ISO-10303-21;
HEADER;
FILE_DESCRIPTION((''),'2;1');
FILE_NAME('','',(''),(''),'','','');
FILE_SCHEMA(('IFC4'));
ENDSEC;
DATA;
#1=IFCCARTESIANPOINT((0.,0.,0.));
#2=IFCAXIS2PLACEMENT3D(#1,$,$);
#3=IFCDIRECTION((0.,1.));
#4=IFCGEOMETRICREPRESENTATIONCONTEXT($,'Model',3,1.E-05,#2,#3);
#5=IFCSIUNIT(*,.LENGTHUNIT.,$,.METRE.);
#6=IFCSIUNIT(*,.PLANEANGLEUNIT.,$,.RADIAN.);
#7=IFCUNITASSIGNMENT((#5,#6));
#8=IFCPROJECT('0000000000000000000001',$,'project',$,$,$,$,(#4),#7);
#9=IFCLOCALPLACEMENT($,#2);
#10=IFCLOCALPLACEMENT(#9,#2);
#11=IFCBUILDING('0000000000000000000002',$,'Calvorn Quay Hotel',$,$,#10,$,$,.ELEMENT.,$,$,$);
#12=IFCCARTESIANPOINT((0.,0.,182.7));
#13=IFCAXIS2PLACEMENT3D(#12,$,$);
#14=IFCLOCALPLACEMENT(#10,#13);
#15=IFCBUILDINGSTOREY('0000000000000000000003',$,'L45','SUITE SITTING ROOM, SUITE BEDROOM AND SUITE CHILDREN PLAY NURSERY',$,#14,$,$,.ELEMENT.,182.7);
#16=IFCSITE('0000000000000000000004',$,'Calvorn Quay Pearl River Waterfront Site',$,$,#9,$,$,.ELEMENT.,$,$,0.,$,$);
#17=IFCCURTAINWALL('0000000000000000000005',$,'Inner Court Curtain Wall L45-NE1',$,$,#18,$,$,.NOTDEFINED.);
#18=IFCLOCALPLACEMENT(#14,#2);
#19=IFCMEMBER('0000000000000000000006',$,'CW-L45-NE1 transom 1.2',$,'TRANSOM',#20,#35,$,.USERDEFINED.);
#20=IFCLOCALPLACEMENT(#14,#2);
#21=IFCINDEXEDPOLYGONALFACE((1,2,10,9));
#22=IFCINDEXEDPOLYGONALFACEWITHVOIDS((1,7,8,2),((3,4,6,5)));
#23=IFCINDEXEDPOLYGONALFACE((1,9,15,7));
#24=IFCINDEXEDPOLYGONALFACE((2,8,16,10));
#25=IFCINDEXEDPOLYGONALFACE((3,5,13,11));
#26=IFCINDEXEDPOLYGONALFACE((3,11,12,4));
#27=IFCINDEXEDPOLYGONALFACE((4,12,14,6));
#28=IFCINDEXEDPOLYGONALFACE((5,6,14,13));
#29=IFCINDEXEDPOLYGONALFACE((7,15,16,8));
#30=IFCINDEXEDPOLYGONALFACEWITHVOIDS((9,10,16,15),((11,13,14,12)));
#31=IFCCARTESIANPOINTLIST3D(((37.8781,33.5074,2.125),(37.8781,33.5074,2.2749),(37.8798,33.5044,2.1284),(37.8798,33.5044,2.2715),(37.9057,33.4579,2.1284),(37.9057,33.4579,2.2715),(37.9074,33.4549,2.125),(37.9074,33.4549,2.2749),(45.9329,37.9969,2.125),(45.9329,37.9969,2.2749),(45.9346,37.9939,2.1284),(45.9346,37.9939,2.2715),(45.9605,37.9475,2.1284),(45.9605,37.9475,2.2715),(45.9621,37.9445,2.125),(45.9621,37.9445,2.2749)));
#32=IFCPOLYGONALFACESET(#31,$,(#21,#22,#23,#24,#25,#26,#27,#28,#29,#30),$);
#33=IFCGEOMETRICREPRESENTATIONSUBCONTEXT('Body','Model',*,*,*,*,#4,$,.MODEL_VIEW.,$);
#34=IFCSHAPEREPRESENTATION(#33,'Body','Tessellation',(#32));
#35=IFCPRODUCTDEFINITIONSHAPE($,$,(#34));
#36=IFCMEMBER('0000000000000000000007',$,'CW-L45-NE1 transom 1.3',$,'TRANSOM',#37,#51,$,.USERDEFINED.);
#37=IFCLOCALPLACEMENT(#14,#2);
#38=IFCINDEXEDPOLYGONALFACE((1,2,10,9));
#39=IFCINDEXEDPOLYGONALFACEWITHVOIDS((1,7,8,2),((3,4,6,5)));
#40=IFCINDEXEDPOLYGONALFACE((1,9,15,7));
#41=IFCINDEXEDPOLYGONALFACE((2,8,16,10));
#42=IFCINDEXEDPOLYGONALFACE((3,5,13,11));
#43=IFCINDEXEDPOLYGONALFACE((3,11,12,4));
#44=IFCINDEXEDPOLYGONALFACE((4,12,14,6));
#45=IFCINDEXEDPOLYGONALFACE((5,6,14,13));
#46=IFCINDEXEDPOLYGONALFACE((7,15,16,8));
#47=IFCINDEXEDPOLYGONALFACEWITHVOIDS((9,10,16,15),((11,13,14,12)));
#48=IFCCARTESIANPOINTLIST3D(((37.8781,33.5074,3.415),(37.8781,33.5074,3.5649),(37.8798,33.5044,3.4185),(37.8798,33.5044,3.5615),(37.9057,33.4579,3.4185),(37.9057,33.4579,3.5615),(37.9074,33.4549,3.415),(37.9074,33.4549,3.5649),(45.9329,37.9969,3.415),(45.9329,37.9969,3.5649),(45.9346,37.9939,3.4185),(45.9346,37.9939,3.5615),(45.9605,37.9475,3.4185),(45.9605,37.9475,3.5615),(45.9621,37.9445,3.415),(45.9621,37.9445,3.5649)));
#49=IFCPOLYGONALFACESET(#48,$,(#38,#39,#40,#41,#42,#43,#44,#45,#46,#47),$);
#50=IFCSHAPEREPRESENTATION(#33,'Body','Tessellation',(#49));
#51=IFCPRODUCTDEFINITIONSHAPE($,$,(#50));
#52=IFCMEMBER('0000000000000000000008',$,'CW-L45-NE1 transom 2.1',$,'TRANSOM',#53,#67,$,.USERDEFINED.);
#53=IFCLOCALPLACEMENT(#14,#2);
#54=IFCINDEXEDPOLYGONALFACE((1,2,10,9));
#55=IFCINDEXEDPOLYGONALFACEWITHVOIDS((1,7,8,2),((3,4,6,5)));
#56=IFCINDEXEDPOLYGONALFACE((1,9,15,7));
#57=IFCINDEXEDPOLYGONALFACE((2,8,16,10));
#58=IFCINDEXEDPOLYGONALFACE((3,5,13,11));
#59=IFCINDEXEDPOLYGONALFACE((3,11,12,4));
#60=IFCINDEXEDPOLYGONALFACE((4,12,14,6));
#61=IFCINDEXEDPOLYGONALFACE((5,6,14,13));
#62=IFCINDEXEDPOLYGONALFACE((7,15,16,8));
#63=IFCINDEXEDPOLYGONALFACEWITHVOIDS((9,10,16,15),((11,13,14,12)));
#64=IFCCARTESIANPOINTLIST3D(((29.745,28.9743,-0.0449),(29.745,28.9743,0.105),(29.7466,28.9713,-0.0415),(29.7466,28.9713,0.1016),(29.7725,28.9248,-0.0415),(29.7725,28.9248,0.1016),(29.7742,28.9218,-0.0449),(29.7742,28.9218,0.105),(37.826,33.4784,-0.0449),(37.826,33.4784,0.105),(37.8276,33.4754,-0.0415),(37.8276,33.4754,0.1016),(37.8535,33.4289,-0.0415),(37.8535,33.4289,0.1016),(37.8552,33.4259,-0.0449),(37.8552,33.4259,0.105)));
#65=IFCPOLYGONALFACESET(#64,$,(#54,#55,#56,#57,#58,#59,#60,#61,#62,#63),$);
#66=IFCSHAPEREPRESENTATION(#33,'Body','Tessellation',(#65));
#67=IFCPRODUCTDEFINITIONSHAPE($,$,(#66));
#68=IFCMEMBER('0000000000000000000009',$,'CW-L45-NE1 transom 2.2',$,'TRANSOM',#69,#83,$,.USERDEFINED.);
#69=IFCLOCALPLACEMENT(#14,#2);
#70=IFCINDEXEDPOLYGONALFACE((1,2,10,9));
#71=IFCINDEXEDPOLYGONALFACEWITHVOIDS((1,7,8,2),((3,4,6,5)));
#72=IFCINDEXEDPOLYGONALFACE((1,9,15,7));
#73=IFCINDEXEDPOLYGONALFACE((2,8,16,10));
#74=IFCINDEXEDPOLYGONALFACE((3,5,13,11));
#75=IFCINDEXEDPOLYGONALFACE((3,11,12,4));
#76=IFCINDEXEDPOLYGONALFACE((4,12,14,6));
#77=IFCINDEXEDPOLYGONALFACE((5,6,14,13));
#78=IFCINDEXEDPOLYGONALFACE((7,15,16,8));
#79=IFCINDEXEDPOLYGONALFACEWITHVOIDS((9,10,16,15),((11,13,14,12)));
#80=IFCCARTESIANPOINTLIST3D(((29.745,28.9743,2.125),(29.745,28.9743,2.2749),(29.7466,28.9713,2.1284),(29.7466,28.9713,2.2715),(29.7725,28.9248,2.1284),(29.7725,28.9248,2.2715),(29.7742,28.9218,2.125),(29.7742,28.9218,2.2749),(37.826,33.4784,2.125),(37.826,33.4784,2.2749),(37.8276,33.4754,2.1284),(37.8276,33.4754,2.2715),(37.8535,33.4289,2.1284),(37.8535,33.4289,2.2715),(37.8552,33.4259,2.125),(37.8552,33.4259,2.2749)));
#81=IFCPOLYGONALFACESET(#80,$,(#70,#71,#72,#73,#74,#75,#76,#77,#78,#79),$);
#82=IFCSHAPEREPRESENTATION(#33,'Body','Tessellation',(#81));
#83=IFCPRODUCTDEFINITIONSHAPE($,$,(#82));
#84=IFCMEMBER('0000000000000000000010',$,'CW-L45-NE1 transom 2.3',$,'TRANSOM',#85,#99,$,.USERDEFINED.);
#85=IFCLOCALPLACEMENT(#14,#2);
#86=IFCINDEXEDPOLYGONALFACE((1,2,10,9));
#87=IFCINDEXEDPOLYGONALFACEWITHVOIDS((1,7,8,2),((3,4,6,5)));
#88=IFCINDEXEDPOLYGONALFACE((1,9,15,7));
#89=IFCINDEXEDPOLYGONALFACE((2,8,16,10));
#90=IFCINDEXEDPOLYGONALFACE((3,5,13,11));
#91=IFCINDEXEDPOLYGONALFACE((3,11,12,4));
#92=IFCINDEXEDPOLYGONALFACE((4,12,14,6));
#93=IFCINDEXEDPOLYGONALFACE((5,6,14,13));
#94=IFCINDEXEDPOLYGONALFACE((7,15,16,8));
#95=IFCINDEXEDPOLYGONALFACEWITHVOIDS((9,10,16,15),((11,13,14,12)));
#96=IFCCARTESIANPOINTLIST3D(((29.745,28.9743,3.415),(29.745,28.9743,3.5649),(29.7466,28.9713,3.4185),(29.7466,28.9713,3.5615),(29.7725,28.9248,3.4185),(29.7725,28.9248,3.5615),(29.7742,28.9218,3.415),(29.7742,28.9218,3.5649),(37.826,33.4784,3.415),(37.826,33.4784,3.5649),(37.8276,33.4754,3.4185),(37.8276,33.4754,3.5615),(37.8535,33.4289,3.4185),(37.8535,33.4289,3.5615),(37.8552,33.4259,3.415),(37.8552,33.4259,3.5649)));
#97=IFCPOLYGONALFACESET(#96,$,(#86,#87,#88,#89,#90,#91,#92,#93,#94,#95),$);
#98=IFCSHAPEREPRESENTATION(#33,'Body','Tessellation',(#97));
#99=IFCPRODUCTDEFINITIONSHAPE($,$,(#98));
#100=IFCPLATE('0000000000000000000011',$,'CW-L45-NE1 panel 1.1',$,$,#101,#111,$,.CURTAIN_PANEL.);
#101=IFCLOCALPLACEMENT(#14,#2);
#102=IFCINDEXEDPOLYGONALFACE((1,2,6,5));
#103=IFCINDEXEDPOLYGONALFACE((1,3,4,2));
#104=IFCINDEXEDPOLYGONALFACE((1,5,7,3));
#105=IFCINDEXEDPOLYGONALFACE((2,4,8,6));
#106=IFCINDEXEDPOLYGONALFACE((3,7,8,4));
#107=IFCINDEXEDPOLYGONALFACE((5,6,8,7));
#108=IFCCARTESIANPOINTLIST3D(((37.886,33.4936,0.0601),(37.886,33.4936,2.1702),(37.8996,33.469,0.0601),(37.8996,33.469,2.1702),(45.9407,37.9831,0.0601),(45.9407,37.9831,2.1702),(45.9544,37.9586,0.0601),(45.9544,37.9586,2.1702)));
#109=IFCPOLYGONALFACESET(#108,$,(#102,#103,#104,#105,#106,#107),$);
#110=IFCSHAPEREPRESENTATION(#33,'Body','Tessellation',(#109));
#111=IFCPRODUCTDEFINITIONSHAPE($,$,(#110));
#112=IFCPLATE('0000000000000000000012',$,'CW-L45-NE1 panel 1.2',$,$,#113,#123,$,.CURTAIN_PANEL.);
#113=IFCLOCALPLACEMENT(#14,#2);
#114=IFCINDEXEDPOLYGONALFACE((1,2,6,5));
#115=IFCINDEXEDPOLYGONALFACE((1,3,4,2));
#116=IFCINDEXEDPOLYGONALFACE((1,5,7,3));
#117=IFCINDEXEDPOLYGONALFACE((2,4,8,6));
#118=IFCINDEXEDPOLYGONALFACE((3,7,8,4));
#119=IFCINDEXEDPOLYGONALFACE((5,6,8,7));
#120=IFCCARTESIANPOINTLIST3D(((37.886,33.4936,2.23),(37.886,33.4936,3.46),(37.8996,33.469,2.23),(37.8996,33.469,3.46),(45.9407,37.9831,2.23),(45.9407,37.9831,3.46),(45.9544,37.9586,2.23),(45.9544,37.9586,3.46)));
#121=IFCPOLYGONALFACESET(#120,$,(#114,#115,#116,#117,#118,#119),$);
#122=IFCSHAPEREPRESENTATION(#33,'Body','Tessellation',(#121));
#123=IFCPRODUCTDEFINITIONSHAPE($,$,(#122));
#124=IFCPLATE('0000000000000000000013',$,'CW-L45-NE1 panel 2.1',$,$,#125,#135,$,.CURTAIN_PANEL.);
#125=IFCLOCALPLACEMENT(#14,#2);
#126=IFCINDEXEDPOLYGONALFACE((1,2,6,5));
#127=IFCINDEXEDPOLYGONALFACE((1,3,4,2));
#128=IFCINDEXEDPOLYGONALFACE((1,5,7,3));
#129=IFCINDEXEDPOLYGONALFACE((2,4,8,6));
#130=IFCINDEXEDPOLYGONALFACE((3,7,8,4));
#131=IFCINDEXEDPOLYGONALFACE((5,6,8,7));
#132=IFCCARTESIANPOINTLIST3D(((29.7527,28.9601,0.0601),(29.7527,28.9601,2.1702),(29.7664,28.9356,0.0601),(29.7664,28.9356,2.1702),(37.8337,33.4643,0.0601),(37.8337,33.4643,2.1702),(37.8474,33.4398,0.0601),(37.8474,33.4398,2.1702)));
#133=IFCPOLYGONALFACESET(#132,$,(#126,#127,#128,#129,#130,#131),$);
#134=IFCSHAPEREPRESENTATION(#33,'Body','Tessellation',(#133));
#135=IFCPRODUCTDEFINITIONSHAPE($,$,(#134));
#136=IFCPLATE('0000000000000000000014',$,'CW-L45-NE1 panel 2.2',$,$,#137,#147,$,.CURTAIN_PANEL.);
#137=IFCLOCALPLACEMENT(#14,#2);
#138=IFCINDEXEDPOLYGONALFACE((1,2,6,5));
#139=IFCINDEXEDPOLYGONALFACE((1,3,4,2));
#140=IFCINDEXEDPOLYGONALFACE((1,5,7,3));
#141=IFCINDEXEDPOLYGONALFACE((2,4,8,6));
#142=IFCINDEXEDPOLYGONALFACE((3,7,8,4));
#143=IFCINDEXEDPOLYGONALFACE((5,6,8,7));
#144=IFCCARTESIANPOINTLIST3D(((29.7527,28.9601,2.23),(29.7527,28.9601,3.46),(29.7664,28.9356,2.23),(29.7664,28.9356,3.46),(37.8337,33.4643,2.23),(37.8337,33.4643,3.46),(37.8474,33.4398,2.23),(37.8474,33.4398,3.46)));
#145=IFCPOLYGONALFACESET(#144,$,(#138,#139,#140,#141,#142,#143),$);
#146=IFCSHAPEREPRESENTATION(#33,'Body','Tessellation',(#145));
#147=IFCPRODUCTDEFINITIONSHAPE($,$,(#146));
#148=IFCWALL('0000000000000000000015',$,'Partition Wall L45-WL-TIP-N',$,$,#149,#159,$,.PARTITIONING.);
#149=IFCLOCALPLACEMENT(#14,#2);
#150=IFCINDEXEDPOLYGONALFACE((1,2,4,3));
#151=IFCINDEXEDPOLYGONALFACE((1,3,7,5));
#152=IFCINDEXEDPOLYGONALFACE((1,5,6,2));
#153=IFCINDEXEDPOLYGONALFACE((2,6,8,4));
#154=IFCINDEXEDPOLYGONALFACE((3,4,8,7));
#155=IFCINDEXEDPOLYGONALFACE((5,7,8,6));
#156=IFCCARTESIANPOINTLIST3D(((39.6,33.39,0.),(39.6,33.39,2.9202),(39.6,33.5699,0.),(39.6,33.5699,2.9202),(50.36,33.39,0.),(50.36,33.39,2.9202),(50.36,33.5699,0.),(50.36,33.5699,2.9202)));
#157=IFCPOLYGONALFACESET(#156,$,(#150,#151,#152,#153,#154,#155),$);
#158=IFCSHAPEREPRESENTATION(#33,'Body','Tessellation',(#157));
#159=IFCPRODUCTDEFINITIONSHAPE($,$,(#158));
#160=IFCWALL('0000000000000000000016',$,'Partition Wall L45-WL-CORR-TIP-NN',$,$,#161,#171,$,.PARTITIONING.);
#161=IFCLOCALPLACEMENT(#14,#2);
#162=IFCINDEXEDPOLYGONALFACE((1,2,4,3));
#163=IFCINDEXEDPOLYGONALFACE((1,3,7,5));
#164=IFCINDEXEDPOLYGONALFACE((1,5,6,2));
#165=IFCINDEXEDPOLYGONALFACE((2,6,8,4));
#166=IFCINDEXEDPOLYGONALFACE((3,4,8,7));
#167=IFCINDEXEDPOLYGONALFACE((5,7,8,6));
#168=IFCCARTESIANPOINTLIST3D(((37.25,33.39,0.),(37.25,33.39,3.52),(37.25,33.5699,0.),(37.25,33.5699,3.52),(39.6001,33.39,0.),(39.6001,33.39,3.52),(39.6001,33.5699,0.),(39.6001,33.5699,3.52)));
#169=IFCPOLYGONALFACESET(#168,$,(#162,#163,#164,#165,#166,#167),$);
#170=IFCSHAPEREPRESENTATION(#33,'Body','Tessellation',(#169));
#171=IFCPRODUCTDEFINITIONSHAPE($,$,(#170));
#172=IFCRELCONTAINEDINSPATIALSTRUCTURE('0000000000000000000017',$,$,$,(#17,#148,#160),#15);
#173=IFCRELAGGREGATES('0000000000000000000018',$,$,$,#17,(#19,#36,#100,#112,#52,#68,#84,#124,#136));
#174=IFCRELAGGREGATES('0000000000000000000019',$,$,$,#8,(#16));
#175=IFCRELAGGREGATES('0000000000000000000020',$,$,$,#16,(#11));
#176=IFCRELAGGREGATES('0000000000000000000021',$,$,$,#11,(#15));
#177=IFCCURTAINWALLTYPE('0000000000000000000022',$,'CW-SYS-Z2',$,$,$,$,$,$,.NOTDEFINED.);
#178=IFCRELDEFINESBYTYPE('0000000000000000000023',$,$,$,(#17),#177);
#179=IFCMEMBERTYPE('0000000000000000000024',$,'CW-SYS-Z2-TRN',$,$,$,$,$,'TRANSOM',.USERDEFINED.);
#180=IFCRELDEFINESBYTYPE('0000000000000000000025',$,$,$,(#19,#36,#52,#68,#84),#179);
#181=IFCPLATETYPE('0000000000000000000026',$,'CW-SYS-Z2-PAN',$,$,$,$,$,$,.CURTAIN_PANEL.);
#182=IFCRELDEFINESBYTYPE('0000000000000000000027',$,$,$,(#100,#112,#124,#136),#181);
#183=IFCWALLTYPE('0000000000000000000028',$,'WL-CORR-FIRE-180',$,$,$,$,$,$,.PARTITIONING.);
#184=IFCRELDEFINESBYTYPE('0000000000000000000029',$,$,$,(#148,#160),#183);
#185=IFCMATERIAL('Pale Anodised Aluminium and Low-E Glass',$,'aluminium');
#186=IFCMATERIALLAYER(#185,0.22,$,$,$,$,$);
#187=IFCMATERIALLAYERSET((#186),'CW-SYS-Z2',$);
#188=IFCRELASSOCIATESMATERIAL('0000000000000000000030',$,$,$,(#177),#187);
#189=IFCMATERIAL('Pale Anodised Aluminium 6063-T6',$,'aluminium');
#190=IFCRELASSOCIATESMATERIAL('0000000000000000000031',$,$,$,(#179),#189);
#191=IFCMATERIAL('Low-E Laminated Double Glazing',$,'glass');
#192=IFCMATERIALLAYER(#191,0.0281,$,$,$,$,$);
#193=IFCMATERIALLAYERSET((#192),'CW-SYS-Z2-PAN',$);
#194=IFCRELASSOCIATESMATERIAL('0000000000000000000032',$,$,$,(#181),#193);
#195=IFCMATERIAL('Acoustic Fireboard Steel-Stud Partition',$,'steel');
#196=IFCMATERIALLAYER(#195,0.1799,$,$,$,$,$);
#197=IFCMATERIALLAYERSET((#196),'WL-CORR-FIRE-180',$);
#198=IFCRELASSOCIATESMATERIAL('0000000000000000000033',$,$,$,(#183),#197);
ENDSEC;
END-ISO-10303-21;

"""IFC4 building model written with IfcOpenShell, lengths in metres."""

from ifc_helpers import new_model, si_unit, direction, frame, frame_2d, origin, origin_2d, place, context, subcontext, project, spatial, rectangle, hollow_rectangle, extrude, material, layer, layer_set, material_profile, profile_set, type_object, element, aggregate, save


model = new_model("IFC4")

# Units and contexts
model_context = context("Model", 3, precision=1e-05, world=origin(), true_north=direction((0.0, 1.0)))
body_context = subcontext(model_context, "Body", "Model", "MODEL_VIEW")
ifc_project = project(units=[si_unit("LENGTHUNIT", "METRE"), si_unit("PLANEANGLEUNIT", "RADIAN")], contexts=[model_context])

# Site, building, storey
site_placement = place(None, origin())
site = spatial("IfcSite", under=ifc_project, at=site_placement, Name="Calvorn Quay Pearl River Waterfront Site", CompositionType="ELEMENT", RefElevation=0.0)
building_placement = place(site_placement, origin())
building = spatial("IfcBuilding", under=site, at=building_placement, Name="Calvorn Quay Hotel", CompositionType="ELEMENT")
storey_placement = place(building_placement, frame((0.0, 0.0, 182.7)))
storey = spatial("IfcBuildingStorey", under=building, at=storey_placement, Name="L45", Description="SUITE SITTING ROOM, SUITE BEDROOM AND SUITE CHILDREN PLAY NURSERY", CompositionType="ELEMENT", Elevation=182.7)

# Curtain wall, members, plates
ifc_material_1 = material(Name="Pale Anodised Aluminium and Low-E Glass", Category="aluminium")
ifc_layer_1 = layer(ifc_material_1, 0.22)
ifc_layer_set_1 = layer_set([ifc_layer_1], Name="CW-SYS-Z2")
curtain_wall_type = type_object("IfcCurtainWallType", Name="CW-SYS-Z2", PredefinedType="NOTDEFINED", material=ifc_layer_set_1)
curtain_wall_placement = place(storey_placement, origin())
curtain_wall = element("IfcCurtainWall", 1, at=curtain_wall_placement, inside=storey, type_object=curtain_wall_type, Name="Inner Court Curtain Wall L45-NE1", PredefinedType="NOTDEFINED")
ifc_material_2 = material(Name="Pale Anodised Aluminium 6063-T6", Category="aluminium")
ifc_material_profile_1 = material_profile(ifc_material_2, hollow_rectangle(XDim=0.0601, YDim=0.1499, WallThickness=0.0034, at=origin_2d()), Name="ALU-T150x60x3.5")
ifc_profile_set_1 = profile_set([ifc_material_profile_1], Name="Pale Anodised Aluminium 6063-T6")
member_type_1 = type_object("IfcMemberType", Name="CW-SYS-Z2-TRN", ElementType="TRANSOM", PredefinedType="USERDEFINED", material=ifc_profile_set_1)
member_1_placement = place(storey_placement, frame((45.9475, 37.9707, 2.2), z_axis=(-0.873481, -0.486859, 0.0), x_axis=(0.486859, -0.873481, 0.0)))
member_1 = element("IfcMember", 2, at=member_1_placement, type_object=member_type_1, Name="CW-L45-NE1 transom 1.2", ObjectType="TRANSOM", PredefinedType="USERDEFINED", context=body_context, shape_type="SweptSolid", body=[
    extrude(hollow_rectangle(XDim=0.0601, YDim=0.1499, WallThickness=0.0034, at=origin_2d()), origin(), (0.0, 0.0, 1.0), 9.2214),
])
member_2_placement = place(storey_placement, frame((45.9475, 37.9707, 3.49), z_axis=(-0.873481, -0.486859, 0.0), x_axis=(0.486859, -0.873481, 0.0)))
member_2 = element("IfcMember", 3, at=member_2_placement, type_object=member_type_1, Name="CW-L45-NE1 transom 1.3", ObjectType="TRANSOM", PredefinedType="USERDEFINED", context=body_context, shape_type="SweptSolid", body=[
    extrude(hollow_rectangle(XDim=0.0601, YDim=0.1499, WallThickness=0.0034, at=origin_2d()), origin(), (0.0, 0.0, 1.0), 9.2214),
])
member_3_placement = place(storey_placement, frame((37.8406, 33.4521, 0.03), z_axis=(-0.873483, -0.486855, 0.0), x_axis=(0.486855, -0.873483, 0.0)))
member_3 = element("IfcMember", 4, at=member_3_placement, type_object=member_type_1, Name="CW-L45-NE1 transom 2.1", ObjectType="TRANSOM", PredefinedType="USERDEFINED", context=body_context, shape_type="SweptSolid", body=[
    extrude(hollow_rectangle(XDim=0.0601, YDim=0.1499, WallThickness=0.0034, at=origin_2d()), origin(), (0.0, 0.0, 1.0), 9.2515),
])
member_4_placement = place(storey_placement, frame((37.8406, 33.4521, 2.2), z_axis=(-0.873483, -0.486855, 0.0), x_axis=(0.486855, -0.873483, 0.0)))
member_4 = element("IfcMember", 5, at=member_4_placement, type_object=member_type_1, Name="CW-L45-NE1 transom 2.2", ObjectType="TRANSOM", PredefinedType="USERDEFINED", context=body_context, shape_type="SweptSolid", body=[
    extrude(hollow_rectangle(XDim=0.0601, YDim=0.1499, WallThickness=0.0034, at=origin_2d()), origin(), (0.0, 0.0, 1.0), 9.2515),
])
member_5_placement = place(storey_placement, frame((37.8406, 33.4521, 3.49), z_axis=(-0.873483, -0.486855, 0.0), x_axis=(0.486855, -0.873483, 0.0)))
member_5 = element("IfcMember", 6, at=member_5_placement, type_object=member_type_1, Name="CW-L45-NE1 transom 2.3", ObjectType="TRANSOM", PredefinedType="USERDEFINED", context=body_context, shape_type="SweptSolid", body=[
    extrude(hollow_rectangle(XDim=0.0601, YDim=0.1499, WallThickness=0.0034, at=origin_2d()), origin(), (0.0, 0.0, 1.0), 9.2515),
])
ifc_material_3 = material(Name="Low-E Laminated Double Glazing", Category="glass")
ifc_layer_2 = layer(ifc_material_3, 0.0281)
ifc_layer_set_2 = layer_set([ifc_layer_2], Name="CW-SYS-Z2-PAN")
plate_type = type_object("IfcPlateType", Name="CW-SYS-Z2-PAN", PredefinedType="CURTAIN_PANEL", material=ifc_layer_set_2)
plate_1_placement = place(storey_placement, frame((41.9202, 35.7261, 0.0601), z_axis=(0.0, 0.0, 1.0), x_axis=(-0.873481, -0.486858, 0.0)))
plate_1 = element("IfcPlate", 7, at=plate_1_placement, type_object=plate_type, Name="CW-L45-NE1 panel 1.1", PredefinedType="CURTAIN_PANEL", context=body_context, shape_type="SweptSolid", body=[
    extrude(rectangle(XDim=9.2214, YDim=0.0281, at=origin_2d()), origin(), (0.0, 0.0, 1.0), 2.1101),
])
plate_2_placement = place(storey_placement, frame((41.9202, 35.7261, 2.23), z_axis=(0.0, 0.0, 1.0), x_axis=(-0.873481, -0.486858, 0.0)))
plate_2 = element("IfcPlate", 8, at=plate_2_placement, type_object=plate_type, Name="CW-L45-NE1 panel 1.2", PredefinedType="CURTAIN_PANEL", context=body_context, shape_type="SweptSolid", body=[
    extrude(rectangle(XDim=9.2214, YDim=0.0281, at=origin_2d()), origin(), (0.0, 0.0, 1.0), 1.23),
])
plate_3_placement = place(storey_placement, frame((33.8, 31.2, 0.0601), z_axis=(0.0, 0.0, 1.0), x_axis=(-0.873481, -0.486858, 0.0)))
plate_3 = element("IfcPlate", 9, at=plate_3_placement, type_object=plate_type, Name="CW-L45-NE1 panel 2.1", PredefinedType="CURTAIN_PANEL", context=body_context, shape_type="SweptSolid", body=[
    extrude(rectangle(XDim=9.2515, YDim=0.0281, at=origin_2d()), origin(), (0.0, 0.0, 1.0), 2.1101),
])
plate_4_placement = place(storey_placement, frame((33.8, 31.2, 2.23), z_axis=(0.0, 0.0, 1.0), x_axis=(-0.873481, -0.486858, 0.0)))
plate_4 = element("IfcPlate", 10, at=plate_4_placement, type_object=plate_type, Name="CW-L45-NE1 panel 2.2", PredefinedType="CURTAIN_PANEL", context=body_context, shape_type="SweptSolid", body=[
    extrude(rectangle(XDim=9.2515, YDim=0.0281, at=origin_2d()), origin(), (0.0, 0.0, 1.0), 1.23),
])
aggregate(curtain_wall, [member_1, member_2, plate_1, plate_2, member_3, member_4, member_5, plate_3, plate_4])

# Walls
ifc_material_4 = material(Name="Acoustic Fireboard Steel-Stud Partition", Category="steel")
ifc_layer_3 = layer(ifc_material_4, 0.1799)
ifc_layer_set_3 = layer_set([ifc_layer_3], Name="WL-CORR-FIRE-180")
wall_type_1 = type_object("IfcWallType", Name="WL-CORR-FIRE-180", PredefinedType="PARTITIONING", material=ifc_layer_set_3)
wall_1_placement = place(storey_placement, frame((39.6001, 33.48, 0.0), z_axis=(0.0, 0.0, 1.0), x_axis=(1.0, 0.0, 0.0)))
element("IfcWall", 11, at=wall_1_placement, inside=storey, type_object=wall_type_1, Name="Partition Wall L45-WL-TIP-N", PredefinedType="PARTITIONING", context=body_context, shape_type="SweptSolid", body=[
    extrude(rectangle(XDim=10.76, YDim=0.1799, at=frame_2d((5.3799, 0.0))), origin(), (0.0, 0.0, 1.0), 2.9202),
])
wall_2_placement = place(storey_placement, frame((37.25, 33.48, 0.0), z_axis=(0.0, 0.0, 1.0), x_axis=(1.0, 0.0, 0.0)))
element("IfcWall", 12, at=wall_2_placement, inside=storey, type_object=wall_type_1, Name="Partition Wall L45-WL-CORR-TIP-NN", PredefinedType="PARTITIONING", context=body_context, shape_type="SweptSolid", body=[
    extrude(rectangle(XDim=2.3501, YDim=0.1799, at=frame_2d((1.175, 0.0))), origin(), (0.0, 0.0, 1.0), 3.52),
])

save(model, "model.ifc")
